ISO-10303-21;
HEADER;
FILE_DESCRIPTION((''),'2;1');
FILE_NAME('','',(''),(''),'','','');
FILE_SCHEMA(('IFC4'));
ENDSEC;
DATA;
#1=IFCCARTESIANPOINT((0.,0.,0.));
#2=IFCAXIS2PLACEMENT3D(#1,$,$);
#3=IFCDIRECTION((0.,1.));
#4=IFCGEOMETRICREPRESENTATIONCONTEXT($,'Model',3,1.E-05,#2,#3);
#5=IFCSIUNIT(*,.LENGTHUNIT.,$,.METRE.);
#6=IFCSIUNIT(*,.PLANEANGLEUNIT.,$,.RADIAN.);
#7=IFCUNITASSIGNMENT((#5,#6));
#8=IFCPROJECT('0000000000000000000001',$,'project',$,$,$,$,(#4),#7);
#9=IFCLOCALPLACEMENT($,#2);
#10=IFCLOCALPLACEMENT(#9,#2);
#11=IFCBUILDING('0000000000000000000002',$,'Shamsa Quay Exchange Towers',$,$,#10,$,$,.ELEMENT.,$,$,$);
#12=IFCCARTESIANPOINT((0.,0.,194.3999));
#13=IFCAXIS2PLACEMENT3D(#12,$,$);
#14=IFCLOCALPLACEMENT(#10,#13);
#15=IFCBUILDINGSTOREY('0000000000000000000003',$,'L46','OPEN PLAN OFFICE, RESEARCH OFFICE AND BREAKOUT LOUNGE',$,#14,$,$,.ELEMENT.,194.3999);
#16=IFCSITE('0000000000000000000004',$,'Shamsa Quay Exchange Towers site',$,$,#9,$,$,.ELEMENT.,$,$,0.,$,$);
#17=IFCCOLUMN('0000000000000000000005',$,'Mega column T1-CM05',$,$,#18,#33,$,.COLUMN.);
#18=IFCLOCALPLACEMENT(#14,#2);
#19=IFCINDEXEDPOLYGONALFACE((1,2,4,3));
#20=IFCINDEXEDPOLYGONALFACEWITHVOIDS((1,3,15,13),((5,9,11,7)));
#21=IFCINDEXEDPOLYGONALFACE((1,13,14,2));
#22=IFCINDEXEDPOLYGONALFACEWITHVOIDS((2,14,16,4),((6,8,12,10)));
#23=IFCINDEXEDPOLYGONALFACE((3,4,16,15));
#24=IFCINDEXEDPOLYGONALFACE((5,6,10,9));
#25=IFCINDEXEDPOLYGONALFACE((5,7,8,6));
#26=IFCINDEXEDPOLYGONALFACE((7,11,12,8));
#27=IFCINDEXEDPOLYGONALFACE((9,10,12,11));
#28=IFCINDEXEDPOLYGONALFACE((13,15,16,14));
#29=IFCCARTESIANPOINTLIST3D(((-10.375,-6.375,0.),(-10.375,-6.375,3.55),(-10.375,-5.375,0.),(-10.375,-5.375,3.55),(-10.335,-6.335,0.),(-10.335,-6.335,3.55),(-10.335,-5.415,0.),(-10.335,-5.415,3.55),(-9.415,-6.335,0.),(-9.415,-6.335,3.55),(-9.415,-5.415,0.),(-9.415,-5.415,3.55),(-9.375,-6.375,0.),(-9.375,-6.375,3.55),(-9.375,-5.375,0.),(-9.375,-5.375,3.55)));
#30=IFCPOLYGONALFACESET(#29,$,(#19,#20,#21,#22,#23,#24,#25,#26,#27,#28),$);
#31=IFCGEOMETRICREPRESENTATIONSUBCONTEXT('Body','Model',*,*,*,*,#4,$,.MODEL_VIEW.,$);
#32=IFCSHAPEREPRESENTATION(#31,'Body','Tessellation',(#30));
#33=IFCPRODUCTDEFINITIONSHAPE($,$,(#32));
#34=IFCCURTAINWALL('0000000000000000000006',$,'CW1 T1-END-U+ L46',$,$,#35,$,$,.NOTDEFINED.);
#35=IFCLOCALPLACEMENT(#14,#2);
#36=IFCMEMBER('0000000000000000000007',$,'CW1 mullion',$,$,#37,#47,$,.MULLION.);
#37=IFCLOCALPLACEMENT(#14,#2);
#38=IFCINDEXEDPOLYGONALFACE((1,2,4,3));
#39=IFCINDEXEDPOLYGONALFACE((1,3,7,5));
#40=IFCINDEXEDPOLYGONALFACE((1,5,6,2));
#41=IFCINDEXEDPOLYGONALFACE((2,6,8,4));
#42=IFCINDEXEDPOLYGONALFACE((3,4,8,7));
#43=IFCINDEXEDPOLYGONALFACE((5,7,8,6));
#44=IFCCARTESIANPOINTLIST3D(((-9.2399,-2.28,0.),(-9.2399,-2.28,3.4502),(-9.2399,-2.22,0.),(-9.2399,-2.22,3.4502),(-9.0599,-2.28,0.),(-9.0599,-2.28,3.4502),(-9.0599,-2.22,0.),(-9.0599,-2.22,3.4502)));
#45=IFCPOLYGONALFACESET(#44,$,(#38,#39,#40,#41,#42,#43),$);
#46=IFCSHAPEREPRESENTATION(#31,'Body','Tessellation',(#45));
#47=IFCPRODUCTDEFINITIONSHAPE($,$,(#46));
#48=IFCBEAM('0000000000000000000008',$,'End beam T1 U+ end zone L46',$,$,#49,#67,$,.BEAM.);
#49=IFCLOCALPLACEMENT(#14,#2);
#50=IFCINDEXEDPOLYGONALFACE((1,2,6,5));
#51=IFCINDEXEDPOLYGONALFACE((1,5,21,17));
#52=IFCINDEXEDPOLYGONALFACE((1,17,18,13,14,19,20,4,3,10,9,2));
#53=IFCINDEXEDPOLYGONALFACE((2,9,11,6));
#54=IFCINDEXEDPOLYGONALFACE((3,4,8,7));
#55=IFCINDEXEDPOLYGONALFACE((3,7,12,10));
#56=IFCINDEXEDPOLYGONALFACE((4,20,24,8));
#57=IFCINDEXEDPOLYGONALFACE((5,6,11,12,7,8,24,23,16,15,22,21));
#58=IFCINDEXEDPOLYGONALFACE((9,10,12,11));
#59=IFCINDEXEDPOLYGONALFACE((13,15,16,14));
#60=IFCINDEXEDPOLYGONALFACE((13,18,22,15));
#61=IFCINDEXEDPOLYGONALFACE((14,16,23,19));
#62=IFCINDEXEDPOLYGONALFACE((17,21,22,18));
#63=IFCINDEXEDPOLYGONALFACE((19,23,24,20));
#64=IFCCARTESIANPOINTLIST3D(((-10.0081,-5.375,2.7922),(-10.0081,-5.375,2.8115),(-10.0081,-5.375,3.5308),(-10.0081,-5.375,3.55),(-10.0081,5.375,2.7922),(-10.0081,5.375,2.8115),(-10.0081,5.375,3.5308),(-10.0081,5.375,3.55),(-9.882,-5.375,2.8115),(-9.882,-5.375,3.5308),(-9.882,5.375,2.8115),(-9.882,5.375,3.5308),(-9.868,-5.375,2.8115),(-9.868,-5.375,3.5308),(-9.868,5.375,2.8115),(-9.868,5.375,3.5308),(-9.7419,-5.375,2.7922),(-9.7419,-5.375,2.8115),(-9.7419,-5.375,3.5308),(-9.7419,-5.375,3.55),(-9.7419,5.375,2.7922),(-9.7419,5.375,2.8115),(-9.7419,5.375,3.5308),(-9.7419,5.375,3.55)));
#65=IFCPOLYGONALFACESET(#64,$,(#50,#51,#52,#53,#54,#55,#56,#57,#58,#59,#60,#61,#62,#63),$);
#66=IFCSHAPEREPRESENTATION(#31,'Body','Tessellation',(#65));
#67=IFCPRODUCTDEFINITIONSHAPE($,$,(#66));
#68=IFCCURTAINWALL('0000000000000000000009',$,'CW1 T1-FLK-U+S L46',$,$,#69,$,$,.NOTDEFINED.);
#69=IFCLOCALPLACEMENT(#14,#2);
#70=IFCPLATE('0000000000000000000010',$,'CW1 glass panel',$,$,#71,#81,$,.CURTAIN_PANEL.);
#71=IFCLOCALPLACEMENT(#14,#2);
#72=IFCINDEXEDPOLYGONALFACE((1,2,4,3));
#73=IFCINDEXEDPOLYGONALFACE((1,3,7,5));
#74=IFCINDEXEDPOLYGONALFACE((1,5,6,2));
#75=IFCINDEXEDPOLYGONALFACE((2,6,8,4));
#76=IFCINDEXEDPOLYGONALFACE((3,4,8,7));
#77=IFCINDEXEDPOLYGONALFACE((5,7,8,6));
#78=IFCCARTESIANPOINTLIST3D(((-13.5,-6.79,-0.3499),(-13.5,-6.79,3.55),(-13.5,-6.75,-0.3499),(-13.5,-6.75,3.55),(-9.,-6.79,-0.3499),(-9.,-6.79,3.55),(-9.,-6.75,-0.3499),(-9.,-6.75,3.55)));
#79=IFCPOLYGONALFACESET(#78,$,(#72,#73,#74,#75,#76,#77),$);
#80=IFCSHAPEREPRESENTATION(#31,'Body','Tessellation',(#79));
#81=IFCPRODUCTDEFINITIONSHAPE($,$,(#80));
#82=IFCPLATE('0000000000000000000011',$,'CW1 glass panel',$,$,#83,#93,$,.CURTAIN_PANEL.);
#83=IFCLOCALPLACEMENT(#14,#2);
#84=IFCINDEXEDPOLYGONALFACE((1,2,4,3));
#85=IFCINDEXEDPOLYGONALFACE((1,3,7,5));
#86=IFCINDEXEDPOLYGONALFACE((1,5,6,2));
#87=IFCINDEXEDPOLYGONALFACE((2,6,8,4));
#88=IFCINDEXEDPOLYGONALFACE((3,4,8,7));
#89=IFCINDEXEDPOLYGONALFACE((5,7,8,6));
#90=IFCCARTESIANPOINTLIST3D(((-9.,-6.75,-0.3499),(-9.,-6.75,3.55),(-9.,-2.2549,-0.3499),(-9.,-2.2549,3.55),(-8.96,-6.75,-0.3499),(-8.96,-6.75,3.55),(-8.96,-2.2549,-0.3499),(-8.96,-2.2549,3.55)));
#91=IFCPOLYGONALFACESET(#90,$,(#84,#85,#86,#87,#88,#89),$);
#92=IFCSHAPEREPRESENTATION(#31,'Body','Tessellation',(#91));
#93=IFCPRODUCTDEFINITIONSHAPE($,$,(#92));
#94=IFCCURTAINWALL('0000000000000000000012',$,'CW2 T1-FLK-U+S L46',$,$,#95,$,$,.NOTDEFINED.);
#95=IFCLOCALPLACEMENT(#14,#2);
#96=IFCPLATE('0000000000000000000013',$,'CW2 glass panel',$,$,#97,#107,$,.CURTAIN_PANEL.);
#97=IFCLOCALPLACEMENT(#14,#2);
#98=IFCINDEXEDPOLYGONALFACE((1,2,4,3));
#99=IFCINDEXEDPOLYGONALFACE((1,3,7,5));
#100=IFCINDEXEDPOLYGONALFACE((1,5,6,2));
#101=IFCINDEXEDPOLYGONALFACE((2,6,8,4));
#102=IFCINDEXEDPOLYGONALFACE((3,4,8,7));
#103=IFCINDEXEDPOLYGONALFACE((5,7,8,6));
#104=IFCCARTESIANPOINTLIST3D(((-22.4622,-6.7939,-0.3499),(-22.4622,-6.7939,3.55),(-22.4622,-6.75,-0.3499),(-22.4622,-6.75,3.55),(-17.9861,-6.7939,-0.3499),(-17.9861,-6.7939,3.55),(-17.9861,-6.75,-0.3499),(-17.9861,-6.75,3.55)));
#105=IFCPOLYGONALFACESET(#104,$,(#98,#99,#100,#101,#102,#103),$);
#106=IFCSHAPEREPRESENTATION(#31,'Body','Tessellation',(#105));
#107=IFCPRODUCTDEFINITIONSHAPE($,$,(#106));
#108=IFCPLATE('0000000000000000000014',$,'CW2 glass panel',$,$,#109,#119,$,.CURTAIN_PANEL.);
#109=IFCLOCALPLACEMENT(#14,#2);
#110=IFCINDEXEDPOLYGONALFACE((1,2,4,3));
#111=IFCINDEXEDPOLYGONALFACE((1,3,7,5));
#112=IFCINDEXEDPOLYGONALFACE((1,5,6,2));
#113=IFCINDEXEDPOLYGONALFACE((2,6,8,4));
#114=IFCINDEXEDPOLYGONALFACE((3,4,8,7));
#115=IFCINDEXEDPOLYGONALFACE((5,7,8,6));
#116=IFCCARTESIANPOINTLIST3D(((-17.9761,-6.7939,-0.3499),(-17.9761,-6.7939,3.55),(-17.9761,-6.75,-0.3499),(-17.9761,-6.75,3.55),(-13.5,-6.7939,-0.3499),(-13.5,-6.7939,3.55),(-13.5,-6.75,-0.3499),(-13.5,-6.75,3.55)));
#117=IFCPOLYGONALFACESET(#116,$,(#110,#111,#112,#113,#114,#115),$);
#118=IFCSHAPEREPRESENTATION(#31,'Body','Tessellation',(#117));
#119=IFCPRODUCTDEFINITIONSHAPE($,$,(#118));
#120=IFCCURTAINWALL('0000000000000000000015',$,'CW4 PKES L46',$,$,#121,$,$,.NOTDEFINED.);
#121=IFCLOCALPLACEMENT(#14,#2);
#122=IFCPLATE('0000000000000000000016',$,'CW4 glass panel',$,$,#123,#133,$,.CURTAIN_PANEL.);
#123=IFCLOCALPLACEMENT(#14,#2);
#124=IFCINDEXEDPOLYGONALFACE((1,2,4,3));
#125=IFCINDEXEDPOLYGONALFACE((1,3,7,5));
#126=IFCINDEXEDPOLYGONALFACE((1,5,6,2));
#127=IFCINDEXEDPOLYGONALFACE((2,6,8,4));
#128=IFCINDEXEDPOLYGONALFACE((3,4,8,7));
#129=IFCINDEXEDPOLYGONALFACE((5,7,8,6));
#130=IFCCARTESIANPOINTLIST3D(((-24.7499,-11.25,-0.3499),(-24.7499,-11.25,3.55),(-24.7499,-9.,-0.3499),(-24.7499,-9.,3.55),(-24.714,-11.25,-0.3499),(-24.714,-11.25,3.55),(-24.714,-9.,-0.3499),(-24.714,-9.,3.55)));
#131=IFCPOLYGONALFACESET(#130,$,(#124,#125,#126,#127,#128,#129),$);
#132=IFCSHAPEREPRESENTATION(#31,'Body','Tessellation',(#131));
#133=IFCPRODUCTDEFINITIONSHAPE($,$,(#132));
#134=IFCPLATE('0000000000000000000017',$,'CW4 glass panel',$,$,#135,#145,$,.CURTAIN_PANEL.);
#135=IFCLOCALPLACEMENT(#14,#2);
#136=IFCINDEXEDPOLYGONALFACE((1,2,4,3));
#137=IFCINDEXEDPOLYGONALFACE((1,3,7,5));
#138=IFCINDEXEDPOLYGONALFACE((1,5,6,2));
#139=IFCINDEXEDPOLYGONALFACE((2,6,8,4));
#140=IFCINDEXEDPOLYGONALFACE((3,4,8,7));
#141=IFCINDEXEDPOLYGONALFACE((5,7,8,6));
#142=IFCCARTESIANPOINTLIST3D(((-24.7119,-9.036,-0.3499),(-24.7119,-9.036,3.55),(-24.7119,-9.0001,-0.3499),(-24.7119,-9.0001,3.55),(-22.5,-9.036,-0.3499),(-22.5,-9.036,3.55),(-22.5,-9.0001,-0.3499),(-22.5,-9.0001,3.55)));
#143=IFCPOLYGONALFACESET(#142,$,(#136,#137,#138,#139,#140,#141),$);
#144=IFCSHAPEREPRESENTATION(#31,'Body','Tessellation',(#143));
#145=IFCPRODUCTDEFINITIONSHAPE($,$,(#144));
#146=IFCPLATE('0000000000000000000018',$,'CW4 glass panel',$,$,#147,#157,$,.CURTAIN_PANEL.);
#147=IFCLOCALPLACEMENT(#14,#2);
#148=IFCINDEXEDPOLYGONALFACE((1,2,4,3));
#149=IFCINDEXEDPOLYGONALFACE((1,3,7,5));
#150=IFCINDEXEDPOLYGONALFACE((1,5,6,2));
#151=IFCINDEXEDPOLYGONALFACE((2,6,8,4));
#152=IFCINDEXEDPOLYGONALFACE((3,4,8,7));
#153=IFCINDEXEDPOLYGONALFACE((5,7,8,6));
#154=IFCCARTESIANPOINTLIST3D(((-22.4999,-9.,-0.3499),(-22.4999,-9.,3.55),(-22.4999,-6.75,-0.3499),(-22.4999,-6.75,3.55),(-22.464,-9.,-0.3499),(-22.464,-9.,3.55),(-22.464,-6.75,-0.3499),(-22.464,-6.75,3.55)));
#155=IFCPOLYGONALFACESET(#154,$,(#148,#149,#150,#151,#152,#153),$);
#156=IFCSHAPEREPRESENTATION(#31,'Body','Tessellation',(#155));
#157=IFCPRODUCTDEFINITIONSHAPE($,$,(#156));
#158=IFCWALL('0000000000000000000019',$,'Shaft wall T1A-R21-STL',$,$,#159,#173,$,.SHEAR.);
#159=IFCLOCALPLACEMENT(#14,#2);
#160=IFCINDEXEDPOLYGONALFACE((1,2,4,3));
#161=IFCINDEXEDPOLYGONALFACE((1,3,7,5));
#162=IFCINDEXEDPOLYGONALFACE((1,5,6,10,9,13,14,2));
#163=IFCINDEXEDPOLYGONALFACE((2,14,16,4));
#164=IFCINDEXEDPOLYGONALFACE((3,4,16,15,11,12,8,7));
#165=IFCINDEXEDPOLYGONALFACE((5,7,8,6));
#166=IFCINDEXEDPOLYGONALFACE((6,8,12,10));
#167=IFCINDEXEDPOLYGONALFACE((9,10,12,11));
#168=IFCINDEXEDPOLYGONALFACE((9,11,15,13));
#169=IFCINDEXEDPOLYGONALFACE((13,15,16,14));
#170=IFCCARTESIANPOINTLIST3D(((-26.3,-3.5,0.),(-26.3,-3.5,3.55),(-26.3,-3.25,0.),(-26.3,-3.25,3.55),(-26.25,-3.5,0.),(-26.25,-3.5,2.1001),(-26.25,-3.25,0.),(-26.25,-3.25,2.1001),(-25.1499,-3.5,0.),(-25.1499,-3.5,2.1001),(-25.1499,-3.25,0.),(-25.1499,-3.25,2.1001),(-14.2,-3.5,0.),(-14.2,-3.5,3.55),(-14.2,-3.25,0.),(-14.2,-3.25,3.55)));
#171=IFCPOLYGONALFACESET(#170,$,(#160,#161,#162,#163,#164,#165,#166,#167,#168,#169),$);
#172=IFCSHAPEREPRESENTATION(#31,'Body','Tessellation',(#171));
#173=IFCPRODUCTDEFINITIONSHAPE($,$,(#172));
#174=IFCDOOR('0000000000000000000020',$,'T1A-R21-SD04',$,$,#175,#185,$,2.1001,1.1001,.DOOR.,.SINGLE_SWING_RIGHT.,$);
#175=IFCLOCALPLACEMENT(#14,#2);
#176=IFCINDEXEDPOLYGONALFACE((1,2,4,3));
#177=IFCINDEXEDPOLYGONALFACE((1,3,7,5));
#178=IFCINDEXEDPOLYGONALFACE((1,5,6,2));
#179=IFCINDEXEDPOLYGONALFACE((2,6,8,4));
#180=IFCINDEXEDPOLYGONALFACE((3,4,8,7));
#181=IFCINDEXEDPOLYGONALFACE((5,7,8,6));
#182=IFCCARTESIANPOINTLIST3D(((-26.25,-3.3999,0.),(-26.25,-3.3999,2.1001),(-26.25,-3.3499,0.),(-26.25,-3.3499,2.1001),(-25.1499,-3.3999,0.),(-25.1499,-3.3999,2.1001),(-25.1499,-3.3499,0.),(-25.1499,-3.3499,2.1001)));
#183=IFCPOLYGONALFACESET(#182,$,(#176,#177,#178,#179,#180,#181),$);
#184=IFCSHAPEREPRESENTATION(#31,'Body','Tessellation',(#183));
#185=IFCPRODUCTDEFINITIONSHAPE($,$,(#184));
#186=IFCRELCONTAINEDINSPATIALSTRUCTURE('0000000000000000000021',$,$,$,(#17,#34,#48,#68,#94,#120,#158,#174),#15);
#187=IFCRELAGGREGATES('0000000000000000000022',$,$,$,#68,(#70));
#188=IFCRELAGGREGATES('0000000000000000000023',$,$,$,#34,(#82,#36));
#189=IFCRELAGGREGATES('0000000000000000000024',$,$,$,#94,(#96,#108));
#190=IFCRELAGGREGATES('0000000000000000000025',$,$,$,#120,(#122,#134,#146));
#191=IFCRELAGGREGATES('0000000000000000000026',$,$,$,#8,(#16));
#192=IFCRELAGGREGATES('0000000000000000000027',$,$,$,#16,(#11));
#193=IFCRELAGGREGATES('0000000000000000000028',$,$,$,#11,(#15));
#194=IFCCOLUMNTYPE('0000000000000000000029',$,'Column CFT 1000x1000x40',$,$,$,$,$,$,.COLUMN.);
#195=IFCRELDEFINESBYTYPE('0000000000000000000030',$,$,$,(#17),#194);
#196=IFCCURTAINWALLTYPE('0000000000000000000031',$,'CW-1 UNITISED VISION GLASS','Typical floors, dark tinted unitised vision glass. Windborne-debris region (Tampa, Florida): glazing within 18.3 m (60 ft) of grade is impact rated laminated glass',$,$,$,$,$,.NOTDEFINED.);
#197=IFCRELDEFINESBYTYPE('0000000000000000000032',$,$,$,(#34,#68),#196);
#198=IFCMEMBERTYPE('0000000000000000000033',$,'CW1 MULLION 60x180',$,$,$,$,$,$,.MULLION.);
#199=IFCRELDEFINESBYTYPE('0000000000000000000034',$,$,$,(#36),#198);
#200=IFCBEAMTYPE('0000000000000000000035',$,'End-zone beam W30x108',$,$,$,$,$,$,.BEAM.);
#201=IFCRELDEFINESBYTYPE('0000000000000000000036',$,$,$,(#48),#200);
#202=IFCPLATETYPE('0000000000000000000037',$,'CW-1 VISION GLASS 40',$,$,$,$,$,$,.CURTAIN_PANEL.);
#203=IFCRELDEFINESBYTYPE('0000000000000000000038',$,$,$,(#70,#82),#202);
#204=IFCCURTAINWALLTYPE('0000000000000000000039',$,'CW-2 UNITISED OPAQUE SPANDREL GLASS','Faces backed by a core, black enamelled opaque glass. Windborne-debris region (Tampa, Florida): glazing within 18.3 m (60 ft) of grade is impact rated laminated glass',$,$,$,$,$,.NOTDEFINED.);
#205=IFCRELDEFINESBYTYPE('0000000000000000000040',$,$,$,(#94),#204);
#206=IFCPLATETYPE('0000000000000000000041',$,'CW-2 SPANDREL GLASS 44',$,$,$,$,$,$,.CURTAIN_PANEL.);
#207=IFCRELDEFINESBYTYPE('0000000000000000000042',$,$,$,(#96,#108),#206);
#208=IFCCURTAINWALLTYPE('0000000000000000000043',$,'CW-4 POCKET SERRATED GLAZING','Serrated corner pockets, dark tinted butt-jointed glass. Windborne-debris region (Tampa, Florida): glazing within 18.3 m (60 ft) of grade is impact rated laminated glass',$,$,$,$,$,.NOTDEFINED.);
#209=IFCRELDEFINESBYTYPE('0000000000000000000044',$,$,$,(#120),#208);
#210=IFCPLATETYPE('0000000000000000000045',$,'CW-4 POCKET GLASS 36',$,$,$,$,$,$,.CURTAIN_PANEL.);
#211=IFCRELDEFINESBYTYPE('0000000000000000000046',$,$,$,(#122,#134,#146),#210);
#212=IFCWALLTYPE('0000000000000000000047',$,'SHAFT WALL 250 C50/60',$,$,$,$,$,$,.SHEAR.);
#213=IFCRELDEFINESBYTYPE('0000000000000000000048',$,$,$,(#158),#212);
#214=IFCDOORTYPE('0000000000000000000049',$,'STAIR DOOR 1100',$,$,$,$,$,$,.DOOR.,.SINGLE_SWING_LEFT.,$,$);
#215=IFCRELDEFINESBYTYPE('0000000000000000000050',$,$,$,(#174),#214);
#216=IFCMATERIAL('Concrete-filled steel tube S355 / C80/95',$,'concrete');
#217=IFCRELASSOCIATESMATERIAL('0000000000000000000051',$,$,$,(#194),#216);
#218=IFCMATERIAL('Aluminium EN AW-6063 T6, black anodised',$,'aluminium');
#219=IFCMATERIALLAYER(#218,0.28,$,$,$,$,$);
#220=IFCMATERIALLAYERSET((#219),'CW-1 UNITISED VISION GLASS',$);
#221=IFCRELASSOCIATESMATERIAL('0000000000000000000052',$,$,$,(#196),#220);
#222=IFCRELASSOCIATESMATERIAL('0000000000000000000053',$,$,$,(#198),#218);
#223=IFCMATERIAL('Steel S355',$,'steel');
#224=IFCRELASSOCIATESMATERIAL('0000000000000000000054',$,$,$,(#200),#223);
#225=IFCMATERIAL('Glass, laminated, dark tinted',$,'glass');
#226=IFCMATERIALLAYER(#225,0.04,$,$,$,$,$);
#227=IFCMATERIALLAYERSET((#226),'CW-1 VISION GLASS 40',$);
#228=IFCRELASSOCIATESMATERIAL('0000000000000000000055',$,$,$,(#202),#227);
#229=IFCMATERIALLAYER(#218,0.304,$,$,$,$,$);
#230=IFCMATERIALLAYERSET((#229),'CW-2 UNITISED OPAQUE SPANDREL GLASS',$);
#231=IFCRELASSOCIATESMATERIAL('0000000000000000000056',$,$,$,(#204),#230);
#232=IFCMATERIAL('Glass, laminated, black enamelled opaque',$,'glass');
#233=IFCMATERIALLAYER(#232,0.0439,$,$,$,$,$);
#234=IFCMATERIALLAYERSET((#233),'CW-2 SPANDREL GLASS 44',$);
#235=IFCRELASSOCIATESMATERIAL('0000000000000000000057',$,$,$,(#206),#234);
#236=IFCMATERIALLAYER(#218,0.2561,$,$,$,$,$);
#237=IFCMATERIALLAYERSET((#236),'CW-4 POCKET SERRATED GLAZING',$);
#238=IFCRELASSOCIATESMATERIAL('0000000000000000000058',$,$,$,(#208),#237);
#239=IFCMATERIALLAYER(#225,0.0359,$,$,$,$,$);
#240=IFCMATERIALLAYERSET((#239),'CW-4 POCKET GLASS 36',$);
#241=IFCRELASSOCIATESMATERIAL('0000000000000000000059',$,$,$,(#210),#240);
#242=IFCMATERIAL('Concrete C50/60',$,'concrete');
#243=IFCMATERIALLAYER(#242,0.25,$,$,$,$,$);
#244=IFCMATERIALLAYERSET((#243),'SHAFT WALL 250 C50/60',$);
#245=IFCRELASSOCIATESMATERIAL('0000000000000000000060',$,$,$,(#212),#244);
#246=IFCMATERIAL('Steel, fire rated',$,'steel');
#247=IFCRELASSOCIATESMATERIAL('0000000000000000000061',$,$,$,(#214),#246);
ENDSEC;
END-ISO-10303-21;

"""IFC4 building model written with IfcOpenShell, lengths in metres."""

from ifc_helpers import new_model, si_unit, direction, frame, frame_2d, origin, origin_2d, place, context, subcontext, project, spatial, rectangle, hollow_rectangle, i_section, extrude, material, layer, layer_set, material_profile, profile_set, type_object, element, fill, aggregate, save


model = new_model("IFC4")

# Units and contexts
model_context = context("Model", 3, precision=1e-05, world=origin(), true_north=direction((0.0, 1.0)))
body_context = subcontext(model_context, "Body", "Model", "MODEL_VIEW")
ifc_project = project(units=[si_unit("LENGTHUNIT", "METRE"), si_unit("PLANEANGLEUNIT", "RADIAN")], contexts=[model_context])

# Site, building, storey
site_placement = place(None, origin())
site = spatial("IfcSite", under=ifc_project, at=site_placement, Name="Shamsa Quay Exchange Towers site", CompositionType="ELEMENT", RefElevation=0.0)
building_placement = place(site_placement, origin())
building = spatial("IfcBuilding", under=site, at=building_placement, Name="Shamsa Quay Exchange Towers", CompositionType="ELEMENT")
storey_placement = place(building_placement, frame((0.0, 0.0, 194.3999)))
storey = spatial("IfcBuildingStorey", under=building, at=storey_placement, Name="L46", Description="OPEN PLAN OFFICE, RESEARCH OFFICE AND BREAKOUT LOUNGE", CompositionType="ELEMENT", Elevation=194.3999)

# Column
ifc_material_1 = material(Name="Concrete-filled steel tube S355 / C80/95", Category="concrete")
ifc_material_profile_1 = material_profile(ifc_material_1, hollow_rectangle(XDim=1.0, YDim=1.0, WallThickness=0.04, at=origin_2d()), Name="CFT 1000x1000x40")
ifc_profile_set_1 = profile_set([ifc_material_profile_1], Name="Concrete-filled steel tube S355 / C80/95")
column_type = type_object("IfcColumnType", Name="Column CFT 1000x1000x40", PredefinedType="COLUMN", material=ifc_profile_set_1)
column_placement = place(storey_placement, frame((-9.875, -5.875, 0.0)))
element("IfcColumn", 1, at=column_placement, inside=storey, type_object=column_type, Name="Mega column T1-CM05", PredefinedType="COLUMN", context=body_context, shape_type="SweptSolid", body=[
    extrude(hollow_rectangle(XDim=1.0, YDim=1.0, WallThickness=0.04, at=origin_2d()), origin(), (0.0, 0.0, 1.0), 3.55),
])

# Curtain wall, member
ifc_material_2 = material(Name="Aluminium EN AW-6063 T6, black anodised", Category="aluminium")
ifc_layer_1 = layer(ifc_material_2, 0.28)
ifc_layer_set_1 = layer_set([ifc_layer_1], Name="CW-1 UNITISED VISION GLASS")
curtain_wall_type_1 = type_object("IfcCurtainWallType", Name="CW-1 UNITISED VISION GLASS", Description="Typical floors, dark tinted unitised vision glass. Windborne-debris region (Tampa, Florida): glazing within 18.3 m (60 ft) of grade is impact rated laminated glass", PredefinedType="NOTDEFINED", material=ifc_layer_set_1)
curtain_wall_1_placement = place(storey_placement, origin())
curtain_wall_1 = element("IfcCurtainWall", 2, at=curtain_wall_1_placement, inside=storey, type_object=curtain_wall_type_1, Name="CW1 T1-END-U+ L46", PredefinedType="NOTDEFINED")
ifc_material_profile_2 = material_profile(ifc_material_2, rectangle(XDim=0.1799, YDim=0.0601, at=origin_2d()), Name="MU60x180")
ifc_profile_set_2 = profile_set([ifc_material_profile_2], Name="Aluminium EN AW-6063 T6, black anodised")
member_type = type_object("IfcMemberType", Name="CW1 MULLION 60x180", PredefinedType="MULLION", material=ifc_profile_set_2)
member_placement = place(storey_placement, frame((-9.1499, -2.25, 0.0), z_axis=(0.0, 0.0, 1.0), x_axis=(-1.0, 0.0, 0.0)))
member = element("IfcMember", 3, at=member_placement, type_object=member_type, Name="CW1 mullion", PredefinedType="MULLION", context=body_context, shape_type="SweptSolid", body=[
    extrude(rectangle(XDim=0.1799, YDim=0.0601, at=origin_2d()), origin(), (0.0, 0.0, 1.0), 3.4502),
])

# Beam
ifc_material_3 = material(Name="Steel S355", Category="steel")
ifc_material_profile_3 = material_profile(ifc_material_3, i_section(OverallWidth=0.2661, OverallDepth=0.7578, WebThickness=0.0139, FlangeThickness=0.0193, at=origin_2d()), Name="W30x108")
ifc_profile_set_3 = profile_set([ifc_material_profile_3], Name="Steel S355")
beam_type = type_object("IfcBeamType", Name="End-zone beam W30x108", PredefinedType="BEAM", material=ifc_profile_set_3)
beam_placement = place(storey_placement, frame((-9.875, -5.375, 3.1711), z_axis=(0.0, 1.0, 0.0), x_axis=(-1.0, 0.0, 0.0)))
element("IfcBeam", 4, at=beam_placement, inside=storey, type_object=beam_type, Name="End beam T1 U+ end zone L46", PredefinedType="BEAM", context=body_context, shape_type="SweptSolid", body=[
    extrude(i_section(OverallWidth=0.2661, OverallDepth=0.7578, WebThickness=0.0139, FlangeThickness=0.0193, at=origin_2d()), origin(), (0.0, 0.0, 1.0), 10.75),
])

# Curtain wall, plate
curtain_wall_2_placement = place(storey_placement, origin())
curtain_wall_2 = element("IfcCurtainWall", 5, at=curtain_wall_2_placement, inside=storey, type_object=curtain_wall_type_1, Name="CW1 T1-FLK-U+S L46", PredefinedType="NOTDEFINED")
ifc_material_4 = material(Name="Glass, laminated, dark tinted", Category="glass")
ifc_layer_2 = layer(ifc_material_4, 0.04)
ifc_layer_set_2 = layer_set([ifc_layer_2], Name="CW-1 VISION GLASS 40")
plate_type_1 = type_object("IfcPlateType", Name="CW-1 VISION GLASS 40", PredefinedType="CURTAIN_PANEL", material=ifc_layer_set_2)
plate_1_placement = place(storey_placement, frame((-11.25, -6.77, -0.3499)))
plate_1 = element("IfcPlate", 6, at=plate_1_placement, type_object=plate_type_1, Name="CW1 glass panel", PredefinedType="CURTAIN_PANEL", context=body_context, shape_type="SweptSolid", body=[
    extrude(rectangle(XDim=4.5, YDim=0.04, at=origin_2d()), origin(), (0.0, 0.0, 1.0), 3.8999),
])
aggregate(curtain_wall_2, [plate_1])

# Plate
plate_2_placement = place(storey_placement, frame((-8.98, -4.5024, -0.3499), z_axis=(0.0, 0.0, 1.0), x_axis=(0.0, 1.0, 0.0)))
plate_2 = element("IfcPlate", 7, at=plate_2_placement, type_object=plate_type_1, Name="CW1 glass panel", PredefinedType="CURTAIN_PANEL", context=body_context, shape_type="SweptSolid", body=[
    extrude(rectangle(XDim=4.4951, YDim=0.04, at=origin_2d()), origin(), (0.0, 0.0, 1.0), 3.8999),
])
aggregate(curtain_wall_1, [plate_2, member])

# Curtain walls, plates
ifc_layer_3 = layer(ifc_material_2, 0.304)
ifc_layer_set_3 = layer_set([ifc_layer_3], Name="CW-2 UNITISED OPAQUE SPANDREL GLASS")
curtain_wall_type_2 = type_object("IfcCurtainWallType", Name="CW-2 UNITISED OPAQUE SPANDREL GLASS", Description="Faces backed by a core, black enamelled opaque glass. Windborne-debris region (Tampa, Florida): glazing within 18.3 m (60 ft) of grade is impact rated laminated glass", PredefinedType="NOTDEFINED", material=ifc_layer_set_3)
curtain_wall_3_placement = place(storey_placement, origin())
curtain_wall_3 = element("IfcCurtainWall", 8, at=curtain_wall_3_placement, inside=storey, type_object=curtain_wall_type_2, Name="CW2 T1-FLK-U+S L46", PredefinedType="NOTDEFINED")
ifc_material_5 = material(Name="Glass, laminated, black enamelled opaque", Category="glass")
ifc_layer_4 = layer(ifc_material_5, 0.0439)
ifc_layer_set_4 = layer_set([ifc_layer_4], Name="CW-2 SPANDREL GLASS 44")
plate_type_2 = type_object("IfcPlateType", Name="CW-2 SPANDREL GLASS 44", PredefinedType="CURTAIN_PANEL", material=ifc_layer_set_4)
plate_3_placement = place(storey_placement, frame((-20.2241, -6.772, -0.3499)))
plate_3 = element("IfcPlate", 9, at=plate_3_placement, type_object=plate_type_2, Name="CW2 glass panel", PredefinedType="CURTAIN_PANEL", context=body_context, shape_type="SweptSolid", body=[
    extrude(rectangle(XDim=4.4761, YDim=0.0439, at=origin_2d()), origin(), (0.0, 0.0, 1.0), 3.8999),
])
plate_4_placement = place(storey_placement, frame((-15.738, -6.772, -0.3499)))
plate_4 = element("IfcPlate", 10, at=plate_4_placement, type_object=plate_type_2, Name="CW2 glass panel", PredefinedType="CURTAIN_PANEL", context=body_context, shape_type="SweptSolid", body=[
    extrude(rectangle(XDim=4.4761, YDim=0.0439, at=origin_2d()), origin(), (0.0, 0.0, 1.0), 3.8999),
])
aggregate(curtain_wall_3, [plate_3, plate_4])
ifc_layer_5 = layer(ifc_material_2, 0.2561)
ifc_layer_set_5 = layer_set([ifc_layer_5], Name="CW-4 POCKET SERRATED GLAZING")
curtain_wall_type_3 = type_object("IfcCurtainWallType", Name="CW-4 POCKET SERRATED GLAZING", Description="Serrated corner pockets, dark tinted butt-jointed glass. Windborne-debris region (Tampa, Florida): glazing within 18.3 m (60 ft) of grade is impact rated laminated glass", PredefinedType="NOTDEFINED", material=ifc_layer_set_5)
curtain_wall_4_placement = place(storey_placement, origin())
curtain_wall_4 = element("IfcCurtainWall", 11, at=curtain_wall_4_placement, inside=storey, type_object=curtain_wall_type_3, Name="CW4 PKES L46", PredefinedType="NOTDEFINED")
ifc_layer_6 = layer(ifc_material_4, 0.0359)
ifc_layer_set_6 = layer_set([ifc_layer_6], Name="CW-4 POCKET GLASS 36")
plate_type_3 = type_object("IfcPlateType", Name="CW-4 POCKET GLASS 36", PredefinedType="CURTAIN_PANEL", material=ifc_layer_set_6)
plate_5_placement = place(storey_placement, frame((-24.7319, -10.125, -0.3499), z_axis=(0.0, 0.0, 1.0), x_axis=(0.0, 1.0, 0.0)))
plate_5 = element("IfcPlate", 12, at=plate_5_placement, type_object=plate_type_3, Name="CW4 glass panel", PredefinedType="CURTAIN_PANEL", context=body_context, shape_type="SweptSolid", body=[
    extrude(rectangle(XDim=2.25, YDim=0.0359, at=origin_2d()), origin(), (0.0, 0.0, 1.0), 3.8999),
])
plate_6_placement = place(storey_placement, frame((-23.606, -9.0181, -0.3499)))
plate_6 = element("IfcPlate", 13, at=plate_6_placement, type_object=plate_type_3, Name="CW4 glass panel", PredefinedType="CURTAIN_PANEL", context=body_context, shape_type="SweptSolid", body=[
    extrude(rectangle(XDim=2.2119, YDim=0.0359, at=origin_2d()), origin(), (0.0, 0.0, 1.0), 3.8999),
])
plate_7_placement = place(storey_placement, frame((-22.4819, -7.875, -0.3499), z_axis=(0.0, 0.0, 1.0), x_axis=(0.0, 1.0, 0.0)))
plate_7 = element("IfcPlate", 14, at=plate_7_placement, type_object=plate_type_3, Name="CW4 glass panel", PredefinedType="CURTAIN_PANEL", context=body_context, shape_type="SweptSolid", body=[
    extrude(rectangle(XDim=2.25, YDim=0.0359, at=origin_2d()), origin(), (0.0, 0.0, 1.0), 3.8999),
])
aggregate(curtain_wall_4, [plate_5, plate_6, plate_7])

# Wall, opening, door
ifc_material_6 = material(Name="Concrete C50/60", Category="concrete")
ifc_layer_7 = layer(ifc_material_6, 0.25)
ifc_layer_set_7 = layer_set([ifc_layer_7], Name="SHAFT WALL 250 C50/60")
wall_type = type_object("IfcWallType", Name="SHAFT WALL 250 C50/60", PredefinedType="SHEAR", material=ifc_layer_set_7)
wall_1_placement = place(storey_placement, frame((-14.2, -3.375, 0.0), z_axis=(0.0, 0.0, 1.0), x_axis=(-1.0, 0.0, 0.0)))
wall_1 = element("IfcWall", 15, at=wall_1_placement, inside=storey, type_object=wall_type, Name="Shaft wall T1A-R21-STL", PredefinedType="SHEAR", context=body_context, shape_type="SweptSolid", body=[
    extrude(rectangle(XDim=12.1001, YDim=0.25, at=frame_2d((6.05, 0.0))), origin(), (0.0, 0.0, 1.0), 3.55),
])
opening_1_placement = place(wall_1_placement, frame((10.95, 0.0, 0.0)))
opening_1 = element("IfcOpeningElement", 16, at=opening_1_placement, cuts=wall_1, PredefinedType="OPENING", context=body_context, shape_type="SweptSolid", body=[
    extrude(rectangle(XDim=1.1001, YDim=2.1001, at=frame_2d((0.55, 1.05))), frame((0.0, 0.135, 0.0), z_axis=(0.0, -1.0, 0.0), x_axis=(1.0, 0.0, 0.0)), (0.0, 0.0, 1.0), 0.27),
])
ifc_material_7 = material(Name="Steel, fire rated", Category="steel")
door_type_1 = type_object("IfcDoorType", Name="STAIR DOOR 1100", OperationType="SINGLE_SWING_LEFT", PredefinedType="DOOR", material=ifc_material_7)
door_1_placement = place(opening_1_placement, origin())
door_1 = element("IfcDoor", 17, at=door_1_placement, inside=storey, type_object=door_type_1, Name="T1A-R21-SD04", OperationType="SINGLE_SWING_RIGHT", OverallHeight=2.1001, OverallWidth=1.1001, PredefinedType="DOOR", context=body_context, shape_type="SweptSolid", body=[
    extrude(rectangle(XDim=1.1001, YDim=2.1001, at=frame_2d((0.55, 1.05))), frame((0.0, 0.0249, 0.0), z_axis=(0.0, -1.0, 0.0), x_axis=(1.0, 0.0, 0.0)), (0.0, 0.0, 1.0), 0.05),
])
fill(opening_1, door_1)

save(model, "model.ifc")
